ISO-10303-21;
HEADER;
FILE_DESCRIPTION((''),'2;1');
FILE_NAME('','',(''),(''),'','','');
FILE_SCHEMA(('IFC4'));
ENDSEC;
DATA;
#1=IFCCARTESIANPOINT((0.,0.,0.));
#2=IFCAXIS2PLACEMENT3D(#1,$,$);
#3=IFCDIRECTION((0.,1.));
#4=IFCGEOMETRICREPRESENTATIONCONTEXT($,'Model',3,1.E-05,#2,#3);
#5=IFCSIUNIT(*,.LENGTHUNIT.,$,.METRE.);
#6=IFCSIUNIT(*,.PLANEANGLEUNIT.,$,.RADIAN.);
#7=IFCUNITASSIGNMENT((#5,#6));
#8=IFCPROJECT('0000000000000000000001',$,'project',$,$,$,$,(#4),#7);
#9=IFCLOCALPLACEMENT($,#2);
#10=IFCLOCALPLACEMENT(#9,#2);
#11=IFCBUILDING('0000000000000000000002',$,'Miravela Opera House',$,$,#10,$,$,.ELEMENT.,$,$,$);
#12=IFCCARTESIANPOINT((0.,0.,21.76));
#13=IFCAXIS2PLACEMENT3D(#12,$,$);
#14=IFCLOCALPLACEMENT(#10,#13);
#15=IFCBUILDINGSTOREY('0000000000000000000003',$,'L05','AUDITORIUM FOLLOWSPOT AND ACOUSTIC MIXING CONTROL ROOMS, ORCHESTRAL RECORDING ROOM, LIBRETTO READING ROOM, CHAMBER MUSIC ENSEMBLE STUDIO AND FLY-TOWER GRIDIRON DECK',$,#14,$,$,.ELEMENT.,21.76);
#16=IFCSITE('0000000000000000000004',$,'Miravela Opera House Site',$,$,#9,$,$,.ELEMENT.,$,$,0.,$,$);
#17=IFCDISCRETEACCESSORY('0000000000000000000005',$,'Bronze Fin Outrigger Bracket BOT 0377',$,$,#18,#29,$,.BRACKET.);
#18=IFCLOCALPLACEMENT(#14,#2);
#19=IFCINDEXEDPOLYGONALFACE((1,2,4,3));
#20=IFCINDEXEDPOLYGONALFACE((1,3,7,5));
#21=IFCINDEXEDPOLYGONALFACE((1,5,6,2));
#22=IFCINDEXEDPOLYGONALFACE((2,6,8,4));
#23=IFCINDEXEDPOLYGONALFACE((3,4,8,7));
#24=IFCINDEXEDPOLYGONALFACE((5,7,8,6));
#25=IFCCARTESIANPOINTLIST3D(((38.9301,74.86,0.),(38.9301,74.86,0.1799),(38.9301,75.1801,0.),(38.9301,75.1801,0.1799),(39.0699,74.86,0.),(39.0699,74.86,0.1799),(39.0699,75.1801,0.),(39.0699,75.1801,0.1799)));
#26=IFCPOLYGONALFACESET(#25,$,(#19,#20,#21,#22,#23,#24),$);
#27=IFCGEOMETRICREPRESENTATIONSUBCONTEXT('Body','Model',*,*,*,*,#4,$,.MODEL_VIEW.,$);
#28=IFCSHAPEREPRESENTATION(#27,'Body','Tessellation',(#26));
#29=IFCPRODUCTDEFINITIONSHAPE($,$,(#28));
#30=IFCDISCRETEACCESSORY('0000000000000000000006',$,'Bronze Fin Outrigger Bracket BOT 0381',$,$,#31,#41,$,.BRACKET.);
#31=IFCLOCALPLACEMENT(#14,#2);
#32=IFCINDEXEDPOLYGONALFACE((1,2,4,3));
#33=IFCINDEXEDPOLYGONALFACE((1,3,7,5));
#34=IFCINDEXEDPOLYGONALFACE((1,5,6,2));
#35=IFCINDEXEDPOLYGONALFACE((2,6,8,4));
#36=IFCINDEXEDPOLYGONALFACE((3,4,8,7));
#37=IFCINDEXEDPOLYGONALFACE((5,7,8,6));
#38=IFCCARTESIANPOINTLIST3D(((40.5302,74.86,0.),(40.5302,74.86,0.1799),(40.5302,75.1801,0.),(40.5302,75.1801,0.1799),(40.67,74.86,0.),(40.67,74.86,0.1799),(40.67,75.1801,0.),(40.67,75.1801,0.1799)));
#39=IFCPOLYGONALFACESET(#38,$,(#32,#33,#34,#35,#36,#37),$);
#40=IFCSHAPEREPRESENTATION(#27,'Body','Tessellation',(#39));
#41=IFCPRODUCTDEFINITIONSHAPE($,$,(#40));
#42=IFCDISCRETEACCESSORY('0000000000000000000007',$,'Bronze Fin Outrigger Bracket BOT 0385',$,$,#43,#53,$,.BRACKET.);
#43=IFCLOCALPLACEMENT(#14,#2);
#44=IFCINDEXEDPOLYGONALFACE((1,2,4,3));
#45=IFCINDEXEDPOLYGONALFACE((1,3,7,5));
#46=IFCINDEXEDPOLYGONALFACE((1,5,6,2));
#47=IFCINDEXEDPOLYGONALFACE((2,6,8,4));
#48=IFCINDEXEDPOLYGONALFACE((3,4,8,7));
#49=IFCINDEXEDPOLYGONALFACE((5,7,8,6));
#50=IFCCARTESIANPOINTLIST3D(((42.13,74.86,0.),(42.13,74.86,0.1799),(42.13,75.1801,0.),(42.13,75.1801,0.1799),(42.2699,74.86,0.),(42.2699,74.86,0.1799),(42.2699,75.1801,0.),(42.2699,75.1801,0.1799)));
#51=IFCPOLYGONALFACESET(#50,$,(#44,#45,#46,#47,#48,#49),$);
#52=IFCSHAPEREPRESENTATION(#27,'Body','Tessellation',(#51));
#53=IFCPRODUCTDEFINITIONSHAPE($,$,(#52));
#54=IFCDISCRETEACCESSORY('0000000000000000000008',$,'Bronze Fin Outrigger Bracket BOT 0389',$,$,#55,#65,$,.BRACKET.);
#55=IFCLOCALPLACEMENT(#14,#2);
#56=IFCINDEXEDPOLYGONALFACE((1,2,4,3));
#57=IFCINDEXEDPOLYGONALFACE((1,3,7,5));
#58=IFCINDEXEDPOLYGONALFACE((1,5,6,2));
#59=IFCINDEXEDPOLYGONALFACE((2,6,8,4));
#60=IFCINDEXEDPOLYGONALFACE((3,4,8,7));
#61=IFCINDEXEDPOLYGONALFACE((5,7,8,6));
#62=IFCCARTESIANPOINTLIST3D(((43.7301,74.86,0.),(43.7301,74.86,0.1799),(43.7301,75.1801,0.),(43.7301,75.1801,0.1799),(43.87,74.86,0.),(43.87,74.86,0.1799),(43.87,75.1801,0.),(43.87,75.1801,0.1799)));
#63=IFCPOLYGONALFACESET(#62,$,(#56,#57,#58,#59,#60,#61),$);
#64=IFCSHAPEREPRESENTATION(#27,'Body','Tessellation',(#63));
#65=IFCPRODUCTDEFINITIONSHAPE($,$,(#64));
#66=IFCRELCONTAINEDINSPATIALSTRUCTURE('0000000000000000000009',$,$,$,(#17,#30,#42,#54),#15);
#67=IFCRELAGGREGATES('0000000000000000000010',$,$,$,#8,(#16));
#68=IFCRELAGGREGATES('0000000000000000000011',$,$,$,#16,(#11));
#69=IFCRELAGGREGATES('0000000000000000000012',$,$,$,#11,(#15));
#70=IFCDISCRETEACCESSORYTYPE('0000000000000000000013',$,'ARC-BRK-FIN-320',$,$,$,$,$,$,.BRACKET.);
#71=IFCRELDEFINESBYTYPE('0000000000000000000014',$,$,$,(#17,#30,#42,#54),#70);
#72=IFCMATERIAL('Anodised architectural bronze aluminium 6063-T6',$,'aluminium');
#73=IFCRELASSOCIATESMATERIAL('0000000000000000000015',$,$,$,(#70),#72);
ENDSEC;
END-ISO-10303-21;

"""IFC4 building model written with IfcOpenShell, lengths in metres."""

from ifc_helpers import new_model, si_unit, direction, frame, origin, origin_2d, place, context, subcontext, project, spatial, rectangle, extrude, material, type_object, element, save


model = new_model("IFC4")

# Units and contexts
model_context = context("Model", 3, precision=1e-05, world=origin(), true_north=direction((0.0, 1.0)))
body_context = subcontext(model_context, "Body", "Model", "MODEL_VIEW")
ifc_project = project(units=[si_unit("LENGTHUNIT", "METRE"), si_unit("PLANEANGLEUNIT", "RADIAN")], contexts=[model_context])

# Site, building, storey
site_placement = place(None, origin())
site = spatial("IfcSite", under=ifc_project, at=site_placement, Name="Miravela Opera House Site", CompositionType="ELEMENT", RefElevation=0.0)
building_placement = place(site_placement, origin())
building = spatial("IfcBuilding", under=site, at=building_placement, Name="Miravela Opera House", CompositionType="ELEMENT")
storey_placement = place(building_placement, frame((0.0, 0.0, 21.76)))
storey = spatial("IfcBuildingStorey", under=building, at=storey_placement, Name="L05", Description="AUDITORIUM FOLLOWSPOT AND ACOUSTIC MIXING CONTROL ROOMS, ORCHESTRAL RECORDING ROOM, LIBRETTO READING ROOM, CHAMBER MUSIC ENSEMBLE STUDIO AND FLY-TOWER GRIDIRON DECK", CompositionType="ELEMENT", Elevation=21.76)

# Shared definitions
ifc_material_1 = material(Name="Anodised architectural bronze aluminium 6063-T6", Category="aluminium")

# Discrete accessories
discrete_accessory_type = type_object("IfcDiscreteAccessoryType", Name="ARC-BRK-FIN-320", PredefinedType="BRACKET", material=ifc_material_1)
for number, where, z_axis, x_axis, name in (
    (1, (39.0, 75.02, 0.0), (0.0, 0.0, 1.0), (0.0, 1.0, 0.0), "Bronze Fin Outrigger Bracket BOT 0377"),
    (2, (40.6001, 75.02, 0.0), (0.0, 0.0, 1.0), (0.0, 1.0, 0.0), "Bronze Fin Outrigger Bracket BOT 0381"),
    (3, (42.2, 75.02, 0.0), (0.0, 0.0, 1.0), (0.0, 1.0, 0.0), "Bronze Fin Outrigger Bracket BOT 0385"),
    (4, (43.8, 75.02, 0.0), (0.0, 0.0, 1.0), (0.0, 1.0, 0.0), "Bronze Fin Outrigger Bracket BOT 0389"),
):
    element("IfcDiscreteAccessory", number, at=place(storey_placement, frame(where, z_axis=z_axis, x_axis=x_axis)), inside=storey, type_object=discrete_accessory_type, Name=name, PredefinedType="BRACKET", context=body_context, shape_type="SweptSolid", body=[
        extrude(rectangle(XDim=0.3201, YDim=0.1399, at=origin_2d()), origin(), (0.0, 0.0, 1.0), 0.1799),
    ])

save(model, "model.ifc")
